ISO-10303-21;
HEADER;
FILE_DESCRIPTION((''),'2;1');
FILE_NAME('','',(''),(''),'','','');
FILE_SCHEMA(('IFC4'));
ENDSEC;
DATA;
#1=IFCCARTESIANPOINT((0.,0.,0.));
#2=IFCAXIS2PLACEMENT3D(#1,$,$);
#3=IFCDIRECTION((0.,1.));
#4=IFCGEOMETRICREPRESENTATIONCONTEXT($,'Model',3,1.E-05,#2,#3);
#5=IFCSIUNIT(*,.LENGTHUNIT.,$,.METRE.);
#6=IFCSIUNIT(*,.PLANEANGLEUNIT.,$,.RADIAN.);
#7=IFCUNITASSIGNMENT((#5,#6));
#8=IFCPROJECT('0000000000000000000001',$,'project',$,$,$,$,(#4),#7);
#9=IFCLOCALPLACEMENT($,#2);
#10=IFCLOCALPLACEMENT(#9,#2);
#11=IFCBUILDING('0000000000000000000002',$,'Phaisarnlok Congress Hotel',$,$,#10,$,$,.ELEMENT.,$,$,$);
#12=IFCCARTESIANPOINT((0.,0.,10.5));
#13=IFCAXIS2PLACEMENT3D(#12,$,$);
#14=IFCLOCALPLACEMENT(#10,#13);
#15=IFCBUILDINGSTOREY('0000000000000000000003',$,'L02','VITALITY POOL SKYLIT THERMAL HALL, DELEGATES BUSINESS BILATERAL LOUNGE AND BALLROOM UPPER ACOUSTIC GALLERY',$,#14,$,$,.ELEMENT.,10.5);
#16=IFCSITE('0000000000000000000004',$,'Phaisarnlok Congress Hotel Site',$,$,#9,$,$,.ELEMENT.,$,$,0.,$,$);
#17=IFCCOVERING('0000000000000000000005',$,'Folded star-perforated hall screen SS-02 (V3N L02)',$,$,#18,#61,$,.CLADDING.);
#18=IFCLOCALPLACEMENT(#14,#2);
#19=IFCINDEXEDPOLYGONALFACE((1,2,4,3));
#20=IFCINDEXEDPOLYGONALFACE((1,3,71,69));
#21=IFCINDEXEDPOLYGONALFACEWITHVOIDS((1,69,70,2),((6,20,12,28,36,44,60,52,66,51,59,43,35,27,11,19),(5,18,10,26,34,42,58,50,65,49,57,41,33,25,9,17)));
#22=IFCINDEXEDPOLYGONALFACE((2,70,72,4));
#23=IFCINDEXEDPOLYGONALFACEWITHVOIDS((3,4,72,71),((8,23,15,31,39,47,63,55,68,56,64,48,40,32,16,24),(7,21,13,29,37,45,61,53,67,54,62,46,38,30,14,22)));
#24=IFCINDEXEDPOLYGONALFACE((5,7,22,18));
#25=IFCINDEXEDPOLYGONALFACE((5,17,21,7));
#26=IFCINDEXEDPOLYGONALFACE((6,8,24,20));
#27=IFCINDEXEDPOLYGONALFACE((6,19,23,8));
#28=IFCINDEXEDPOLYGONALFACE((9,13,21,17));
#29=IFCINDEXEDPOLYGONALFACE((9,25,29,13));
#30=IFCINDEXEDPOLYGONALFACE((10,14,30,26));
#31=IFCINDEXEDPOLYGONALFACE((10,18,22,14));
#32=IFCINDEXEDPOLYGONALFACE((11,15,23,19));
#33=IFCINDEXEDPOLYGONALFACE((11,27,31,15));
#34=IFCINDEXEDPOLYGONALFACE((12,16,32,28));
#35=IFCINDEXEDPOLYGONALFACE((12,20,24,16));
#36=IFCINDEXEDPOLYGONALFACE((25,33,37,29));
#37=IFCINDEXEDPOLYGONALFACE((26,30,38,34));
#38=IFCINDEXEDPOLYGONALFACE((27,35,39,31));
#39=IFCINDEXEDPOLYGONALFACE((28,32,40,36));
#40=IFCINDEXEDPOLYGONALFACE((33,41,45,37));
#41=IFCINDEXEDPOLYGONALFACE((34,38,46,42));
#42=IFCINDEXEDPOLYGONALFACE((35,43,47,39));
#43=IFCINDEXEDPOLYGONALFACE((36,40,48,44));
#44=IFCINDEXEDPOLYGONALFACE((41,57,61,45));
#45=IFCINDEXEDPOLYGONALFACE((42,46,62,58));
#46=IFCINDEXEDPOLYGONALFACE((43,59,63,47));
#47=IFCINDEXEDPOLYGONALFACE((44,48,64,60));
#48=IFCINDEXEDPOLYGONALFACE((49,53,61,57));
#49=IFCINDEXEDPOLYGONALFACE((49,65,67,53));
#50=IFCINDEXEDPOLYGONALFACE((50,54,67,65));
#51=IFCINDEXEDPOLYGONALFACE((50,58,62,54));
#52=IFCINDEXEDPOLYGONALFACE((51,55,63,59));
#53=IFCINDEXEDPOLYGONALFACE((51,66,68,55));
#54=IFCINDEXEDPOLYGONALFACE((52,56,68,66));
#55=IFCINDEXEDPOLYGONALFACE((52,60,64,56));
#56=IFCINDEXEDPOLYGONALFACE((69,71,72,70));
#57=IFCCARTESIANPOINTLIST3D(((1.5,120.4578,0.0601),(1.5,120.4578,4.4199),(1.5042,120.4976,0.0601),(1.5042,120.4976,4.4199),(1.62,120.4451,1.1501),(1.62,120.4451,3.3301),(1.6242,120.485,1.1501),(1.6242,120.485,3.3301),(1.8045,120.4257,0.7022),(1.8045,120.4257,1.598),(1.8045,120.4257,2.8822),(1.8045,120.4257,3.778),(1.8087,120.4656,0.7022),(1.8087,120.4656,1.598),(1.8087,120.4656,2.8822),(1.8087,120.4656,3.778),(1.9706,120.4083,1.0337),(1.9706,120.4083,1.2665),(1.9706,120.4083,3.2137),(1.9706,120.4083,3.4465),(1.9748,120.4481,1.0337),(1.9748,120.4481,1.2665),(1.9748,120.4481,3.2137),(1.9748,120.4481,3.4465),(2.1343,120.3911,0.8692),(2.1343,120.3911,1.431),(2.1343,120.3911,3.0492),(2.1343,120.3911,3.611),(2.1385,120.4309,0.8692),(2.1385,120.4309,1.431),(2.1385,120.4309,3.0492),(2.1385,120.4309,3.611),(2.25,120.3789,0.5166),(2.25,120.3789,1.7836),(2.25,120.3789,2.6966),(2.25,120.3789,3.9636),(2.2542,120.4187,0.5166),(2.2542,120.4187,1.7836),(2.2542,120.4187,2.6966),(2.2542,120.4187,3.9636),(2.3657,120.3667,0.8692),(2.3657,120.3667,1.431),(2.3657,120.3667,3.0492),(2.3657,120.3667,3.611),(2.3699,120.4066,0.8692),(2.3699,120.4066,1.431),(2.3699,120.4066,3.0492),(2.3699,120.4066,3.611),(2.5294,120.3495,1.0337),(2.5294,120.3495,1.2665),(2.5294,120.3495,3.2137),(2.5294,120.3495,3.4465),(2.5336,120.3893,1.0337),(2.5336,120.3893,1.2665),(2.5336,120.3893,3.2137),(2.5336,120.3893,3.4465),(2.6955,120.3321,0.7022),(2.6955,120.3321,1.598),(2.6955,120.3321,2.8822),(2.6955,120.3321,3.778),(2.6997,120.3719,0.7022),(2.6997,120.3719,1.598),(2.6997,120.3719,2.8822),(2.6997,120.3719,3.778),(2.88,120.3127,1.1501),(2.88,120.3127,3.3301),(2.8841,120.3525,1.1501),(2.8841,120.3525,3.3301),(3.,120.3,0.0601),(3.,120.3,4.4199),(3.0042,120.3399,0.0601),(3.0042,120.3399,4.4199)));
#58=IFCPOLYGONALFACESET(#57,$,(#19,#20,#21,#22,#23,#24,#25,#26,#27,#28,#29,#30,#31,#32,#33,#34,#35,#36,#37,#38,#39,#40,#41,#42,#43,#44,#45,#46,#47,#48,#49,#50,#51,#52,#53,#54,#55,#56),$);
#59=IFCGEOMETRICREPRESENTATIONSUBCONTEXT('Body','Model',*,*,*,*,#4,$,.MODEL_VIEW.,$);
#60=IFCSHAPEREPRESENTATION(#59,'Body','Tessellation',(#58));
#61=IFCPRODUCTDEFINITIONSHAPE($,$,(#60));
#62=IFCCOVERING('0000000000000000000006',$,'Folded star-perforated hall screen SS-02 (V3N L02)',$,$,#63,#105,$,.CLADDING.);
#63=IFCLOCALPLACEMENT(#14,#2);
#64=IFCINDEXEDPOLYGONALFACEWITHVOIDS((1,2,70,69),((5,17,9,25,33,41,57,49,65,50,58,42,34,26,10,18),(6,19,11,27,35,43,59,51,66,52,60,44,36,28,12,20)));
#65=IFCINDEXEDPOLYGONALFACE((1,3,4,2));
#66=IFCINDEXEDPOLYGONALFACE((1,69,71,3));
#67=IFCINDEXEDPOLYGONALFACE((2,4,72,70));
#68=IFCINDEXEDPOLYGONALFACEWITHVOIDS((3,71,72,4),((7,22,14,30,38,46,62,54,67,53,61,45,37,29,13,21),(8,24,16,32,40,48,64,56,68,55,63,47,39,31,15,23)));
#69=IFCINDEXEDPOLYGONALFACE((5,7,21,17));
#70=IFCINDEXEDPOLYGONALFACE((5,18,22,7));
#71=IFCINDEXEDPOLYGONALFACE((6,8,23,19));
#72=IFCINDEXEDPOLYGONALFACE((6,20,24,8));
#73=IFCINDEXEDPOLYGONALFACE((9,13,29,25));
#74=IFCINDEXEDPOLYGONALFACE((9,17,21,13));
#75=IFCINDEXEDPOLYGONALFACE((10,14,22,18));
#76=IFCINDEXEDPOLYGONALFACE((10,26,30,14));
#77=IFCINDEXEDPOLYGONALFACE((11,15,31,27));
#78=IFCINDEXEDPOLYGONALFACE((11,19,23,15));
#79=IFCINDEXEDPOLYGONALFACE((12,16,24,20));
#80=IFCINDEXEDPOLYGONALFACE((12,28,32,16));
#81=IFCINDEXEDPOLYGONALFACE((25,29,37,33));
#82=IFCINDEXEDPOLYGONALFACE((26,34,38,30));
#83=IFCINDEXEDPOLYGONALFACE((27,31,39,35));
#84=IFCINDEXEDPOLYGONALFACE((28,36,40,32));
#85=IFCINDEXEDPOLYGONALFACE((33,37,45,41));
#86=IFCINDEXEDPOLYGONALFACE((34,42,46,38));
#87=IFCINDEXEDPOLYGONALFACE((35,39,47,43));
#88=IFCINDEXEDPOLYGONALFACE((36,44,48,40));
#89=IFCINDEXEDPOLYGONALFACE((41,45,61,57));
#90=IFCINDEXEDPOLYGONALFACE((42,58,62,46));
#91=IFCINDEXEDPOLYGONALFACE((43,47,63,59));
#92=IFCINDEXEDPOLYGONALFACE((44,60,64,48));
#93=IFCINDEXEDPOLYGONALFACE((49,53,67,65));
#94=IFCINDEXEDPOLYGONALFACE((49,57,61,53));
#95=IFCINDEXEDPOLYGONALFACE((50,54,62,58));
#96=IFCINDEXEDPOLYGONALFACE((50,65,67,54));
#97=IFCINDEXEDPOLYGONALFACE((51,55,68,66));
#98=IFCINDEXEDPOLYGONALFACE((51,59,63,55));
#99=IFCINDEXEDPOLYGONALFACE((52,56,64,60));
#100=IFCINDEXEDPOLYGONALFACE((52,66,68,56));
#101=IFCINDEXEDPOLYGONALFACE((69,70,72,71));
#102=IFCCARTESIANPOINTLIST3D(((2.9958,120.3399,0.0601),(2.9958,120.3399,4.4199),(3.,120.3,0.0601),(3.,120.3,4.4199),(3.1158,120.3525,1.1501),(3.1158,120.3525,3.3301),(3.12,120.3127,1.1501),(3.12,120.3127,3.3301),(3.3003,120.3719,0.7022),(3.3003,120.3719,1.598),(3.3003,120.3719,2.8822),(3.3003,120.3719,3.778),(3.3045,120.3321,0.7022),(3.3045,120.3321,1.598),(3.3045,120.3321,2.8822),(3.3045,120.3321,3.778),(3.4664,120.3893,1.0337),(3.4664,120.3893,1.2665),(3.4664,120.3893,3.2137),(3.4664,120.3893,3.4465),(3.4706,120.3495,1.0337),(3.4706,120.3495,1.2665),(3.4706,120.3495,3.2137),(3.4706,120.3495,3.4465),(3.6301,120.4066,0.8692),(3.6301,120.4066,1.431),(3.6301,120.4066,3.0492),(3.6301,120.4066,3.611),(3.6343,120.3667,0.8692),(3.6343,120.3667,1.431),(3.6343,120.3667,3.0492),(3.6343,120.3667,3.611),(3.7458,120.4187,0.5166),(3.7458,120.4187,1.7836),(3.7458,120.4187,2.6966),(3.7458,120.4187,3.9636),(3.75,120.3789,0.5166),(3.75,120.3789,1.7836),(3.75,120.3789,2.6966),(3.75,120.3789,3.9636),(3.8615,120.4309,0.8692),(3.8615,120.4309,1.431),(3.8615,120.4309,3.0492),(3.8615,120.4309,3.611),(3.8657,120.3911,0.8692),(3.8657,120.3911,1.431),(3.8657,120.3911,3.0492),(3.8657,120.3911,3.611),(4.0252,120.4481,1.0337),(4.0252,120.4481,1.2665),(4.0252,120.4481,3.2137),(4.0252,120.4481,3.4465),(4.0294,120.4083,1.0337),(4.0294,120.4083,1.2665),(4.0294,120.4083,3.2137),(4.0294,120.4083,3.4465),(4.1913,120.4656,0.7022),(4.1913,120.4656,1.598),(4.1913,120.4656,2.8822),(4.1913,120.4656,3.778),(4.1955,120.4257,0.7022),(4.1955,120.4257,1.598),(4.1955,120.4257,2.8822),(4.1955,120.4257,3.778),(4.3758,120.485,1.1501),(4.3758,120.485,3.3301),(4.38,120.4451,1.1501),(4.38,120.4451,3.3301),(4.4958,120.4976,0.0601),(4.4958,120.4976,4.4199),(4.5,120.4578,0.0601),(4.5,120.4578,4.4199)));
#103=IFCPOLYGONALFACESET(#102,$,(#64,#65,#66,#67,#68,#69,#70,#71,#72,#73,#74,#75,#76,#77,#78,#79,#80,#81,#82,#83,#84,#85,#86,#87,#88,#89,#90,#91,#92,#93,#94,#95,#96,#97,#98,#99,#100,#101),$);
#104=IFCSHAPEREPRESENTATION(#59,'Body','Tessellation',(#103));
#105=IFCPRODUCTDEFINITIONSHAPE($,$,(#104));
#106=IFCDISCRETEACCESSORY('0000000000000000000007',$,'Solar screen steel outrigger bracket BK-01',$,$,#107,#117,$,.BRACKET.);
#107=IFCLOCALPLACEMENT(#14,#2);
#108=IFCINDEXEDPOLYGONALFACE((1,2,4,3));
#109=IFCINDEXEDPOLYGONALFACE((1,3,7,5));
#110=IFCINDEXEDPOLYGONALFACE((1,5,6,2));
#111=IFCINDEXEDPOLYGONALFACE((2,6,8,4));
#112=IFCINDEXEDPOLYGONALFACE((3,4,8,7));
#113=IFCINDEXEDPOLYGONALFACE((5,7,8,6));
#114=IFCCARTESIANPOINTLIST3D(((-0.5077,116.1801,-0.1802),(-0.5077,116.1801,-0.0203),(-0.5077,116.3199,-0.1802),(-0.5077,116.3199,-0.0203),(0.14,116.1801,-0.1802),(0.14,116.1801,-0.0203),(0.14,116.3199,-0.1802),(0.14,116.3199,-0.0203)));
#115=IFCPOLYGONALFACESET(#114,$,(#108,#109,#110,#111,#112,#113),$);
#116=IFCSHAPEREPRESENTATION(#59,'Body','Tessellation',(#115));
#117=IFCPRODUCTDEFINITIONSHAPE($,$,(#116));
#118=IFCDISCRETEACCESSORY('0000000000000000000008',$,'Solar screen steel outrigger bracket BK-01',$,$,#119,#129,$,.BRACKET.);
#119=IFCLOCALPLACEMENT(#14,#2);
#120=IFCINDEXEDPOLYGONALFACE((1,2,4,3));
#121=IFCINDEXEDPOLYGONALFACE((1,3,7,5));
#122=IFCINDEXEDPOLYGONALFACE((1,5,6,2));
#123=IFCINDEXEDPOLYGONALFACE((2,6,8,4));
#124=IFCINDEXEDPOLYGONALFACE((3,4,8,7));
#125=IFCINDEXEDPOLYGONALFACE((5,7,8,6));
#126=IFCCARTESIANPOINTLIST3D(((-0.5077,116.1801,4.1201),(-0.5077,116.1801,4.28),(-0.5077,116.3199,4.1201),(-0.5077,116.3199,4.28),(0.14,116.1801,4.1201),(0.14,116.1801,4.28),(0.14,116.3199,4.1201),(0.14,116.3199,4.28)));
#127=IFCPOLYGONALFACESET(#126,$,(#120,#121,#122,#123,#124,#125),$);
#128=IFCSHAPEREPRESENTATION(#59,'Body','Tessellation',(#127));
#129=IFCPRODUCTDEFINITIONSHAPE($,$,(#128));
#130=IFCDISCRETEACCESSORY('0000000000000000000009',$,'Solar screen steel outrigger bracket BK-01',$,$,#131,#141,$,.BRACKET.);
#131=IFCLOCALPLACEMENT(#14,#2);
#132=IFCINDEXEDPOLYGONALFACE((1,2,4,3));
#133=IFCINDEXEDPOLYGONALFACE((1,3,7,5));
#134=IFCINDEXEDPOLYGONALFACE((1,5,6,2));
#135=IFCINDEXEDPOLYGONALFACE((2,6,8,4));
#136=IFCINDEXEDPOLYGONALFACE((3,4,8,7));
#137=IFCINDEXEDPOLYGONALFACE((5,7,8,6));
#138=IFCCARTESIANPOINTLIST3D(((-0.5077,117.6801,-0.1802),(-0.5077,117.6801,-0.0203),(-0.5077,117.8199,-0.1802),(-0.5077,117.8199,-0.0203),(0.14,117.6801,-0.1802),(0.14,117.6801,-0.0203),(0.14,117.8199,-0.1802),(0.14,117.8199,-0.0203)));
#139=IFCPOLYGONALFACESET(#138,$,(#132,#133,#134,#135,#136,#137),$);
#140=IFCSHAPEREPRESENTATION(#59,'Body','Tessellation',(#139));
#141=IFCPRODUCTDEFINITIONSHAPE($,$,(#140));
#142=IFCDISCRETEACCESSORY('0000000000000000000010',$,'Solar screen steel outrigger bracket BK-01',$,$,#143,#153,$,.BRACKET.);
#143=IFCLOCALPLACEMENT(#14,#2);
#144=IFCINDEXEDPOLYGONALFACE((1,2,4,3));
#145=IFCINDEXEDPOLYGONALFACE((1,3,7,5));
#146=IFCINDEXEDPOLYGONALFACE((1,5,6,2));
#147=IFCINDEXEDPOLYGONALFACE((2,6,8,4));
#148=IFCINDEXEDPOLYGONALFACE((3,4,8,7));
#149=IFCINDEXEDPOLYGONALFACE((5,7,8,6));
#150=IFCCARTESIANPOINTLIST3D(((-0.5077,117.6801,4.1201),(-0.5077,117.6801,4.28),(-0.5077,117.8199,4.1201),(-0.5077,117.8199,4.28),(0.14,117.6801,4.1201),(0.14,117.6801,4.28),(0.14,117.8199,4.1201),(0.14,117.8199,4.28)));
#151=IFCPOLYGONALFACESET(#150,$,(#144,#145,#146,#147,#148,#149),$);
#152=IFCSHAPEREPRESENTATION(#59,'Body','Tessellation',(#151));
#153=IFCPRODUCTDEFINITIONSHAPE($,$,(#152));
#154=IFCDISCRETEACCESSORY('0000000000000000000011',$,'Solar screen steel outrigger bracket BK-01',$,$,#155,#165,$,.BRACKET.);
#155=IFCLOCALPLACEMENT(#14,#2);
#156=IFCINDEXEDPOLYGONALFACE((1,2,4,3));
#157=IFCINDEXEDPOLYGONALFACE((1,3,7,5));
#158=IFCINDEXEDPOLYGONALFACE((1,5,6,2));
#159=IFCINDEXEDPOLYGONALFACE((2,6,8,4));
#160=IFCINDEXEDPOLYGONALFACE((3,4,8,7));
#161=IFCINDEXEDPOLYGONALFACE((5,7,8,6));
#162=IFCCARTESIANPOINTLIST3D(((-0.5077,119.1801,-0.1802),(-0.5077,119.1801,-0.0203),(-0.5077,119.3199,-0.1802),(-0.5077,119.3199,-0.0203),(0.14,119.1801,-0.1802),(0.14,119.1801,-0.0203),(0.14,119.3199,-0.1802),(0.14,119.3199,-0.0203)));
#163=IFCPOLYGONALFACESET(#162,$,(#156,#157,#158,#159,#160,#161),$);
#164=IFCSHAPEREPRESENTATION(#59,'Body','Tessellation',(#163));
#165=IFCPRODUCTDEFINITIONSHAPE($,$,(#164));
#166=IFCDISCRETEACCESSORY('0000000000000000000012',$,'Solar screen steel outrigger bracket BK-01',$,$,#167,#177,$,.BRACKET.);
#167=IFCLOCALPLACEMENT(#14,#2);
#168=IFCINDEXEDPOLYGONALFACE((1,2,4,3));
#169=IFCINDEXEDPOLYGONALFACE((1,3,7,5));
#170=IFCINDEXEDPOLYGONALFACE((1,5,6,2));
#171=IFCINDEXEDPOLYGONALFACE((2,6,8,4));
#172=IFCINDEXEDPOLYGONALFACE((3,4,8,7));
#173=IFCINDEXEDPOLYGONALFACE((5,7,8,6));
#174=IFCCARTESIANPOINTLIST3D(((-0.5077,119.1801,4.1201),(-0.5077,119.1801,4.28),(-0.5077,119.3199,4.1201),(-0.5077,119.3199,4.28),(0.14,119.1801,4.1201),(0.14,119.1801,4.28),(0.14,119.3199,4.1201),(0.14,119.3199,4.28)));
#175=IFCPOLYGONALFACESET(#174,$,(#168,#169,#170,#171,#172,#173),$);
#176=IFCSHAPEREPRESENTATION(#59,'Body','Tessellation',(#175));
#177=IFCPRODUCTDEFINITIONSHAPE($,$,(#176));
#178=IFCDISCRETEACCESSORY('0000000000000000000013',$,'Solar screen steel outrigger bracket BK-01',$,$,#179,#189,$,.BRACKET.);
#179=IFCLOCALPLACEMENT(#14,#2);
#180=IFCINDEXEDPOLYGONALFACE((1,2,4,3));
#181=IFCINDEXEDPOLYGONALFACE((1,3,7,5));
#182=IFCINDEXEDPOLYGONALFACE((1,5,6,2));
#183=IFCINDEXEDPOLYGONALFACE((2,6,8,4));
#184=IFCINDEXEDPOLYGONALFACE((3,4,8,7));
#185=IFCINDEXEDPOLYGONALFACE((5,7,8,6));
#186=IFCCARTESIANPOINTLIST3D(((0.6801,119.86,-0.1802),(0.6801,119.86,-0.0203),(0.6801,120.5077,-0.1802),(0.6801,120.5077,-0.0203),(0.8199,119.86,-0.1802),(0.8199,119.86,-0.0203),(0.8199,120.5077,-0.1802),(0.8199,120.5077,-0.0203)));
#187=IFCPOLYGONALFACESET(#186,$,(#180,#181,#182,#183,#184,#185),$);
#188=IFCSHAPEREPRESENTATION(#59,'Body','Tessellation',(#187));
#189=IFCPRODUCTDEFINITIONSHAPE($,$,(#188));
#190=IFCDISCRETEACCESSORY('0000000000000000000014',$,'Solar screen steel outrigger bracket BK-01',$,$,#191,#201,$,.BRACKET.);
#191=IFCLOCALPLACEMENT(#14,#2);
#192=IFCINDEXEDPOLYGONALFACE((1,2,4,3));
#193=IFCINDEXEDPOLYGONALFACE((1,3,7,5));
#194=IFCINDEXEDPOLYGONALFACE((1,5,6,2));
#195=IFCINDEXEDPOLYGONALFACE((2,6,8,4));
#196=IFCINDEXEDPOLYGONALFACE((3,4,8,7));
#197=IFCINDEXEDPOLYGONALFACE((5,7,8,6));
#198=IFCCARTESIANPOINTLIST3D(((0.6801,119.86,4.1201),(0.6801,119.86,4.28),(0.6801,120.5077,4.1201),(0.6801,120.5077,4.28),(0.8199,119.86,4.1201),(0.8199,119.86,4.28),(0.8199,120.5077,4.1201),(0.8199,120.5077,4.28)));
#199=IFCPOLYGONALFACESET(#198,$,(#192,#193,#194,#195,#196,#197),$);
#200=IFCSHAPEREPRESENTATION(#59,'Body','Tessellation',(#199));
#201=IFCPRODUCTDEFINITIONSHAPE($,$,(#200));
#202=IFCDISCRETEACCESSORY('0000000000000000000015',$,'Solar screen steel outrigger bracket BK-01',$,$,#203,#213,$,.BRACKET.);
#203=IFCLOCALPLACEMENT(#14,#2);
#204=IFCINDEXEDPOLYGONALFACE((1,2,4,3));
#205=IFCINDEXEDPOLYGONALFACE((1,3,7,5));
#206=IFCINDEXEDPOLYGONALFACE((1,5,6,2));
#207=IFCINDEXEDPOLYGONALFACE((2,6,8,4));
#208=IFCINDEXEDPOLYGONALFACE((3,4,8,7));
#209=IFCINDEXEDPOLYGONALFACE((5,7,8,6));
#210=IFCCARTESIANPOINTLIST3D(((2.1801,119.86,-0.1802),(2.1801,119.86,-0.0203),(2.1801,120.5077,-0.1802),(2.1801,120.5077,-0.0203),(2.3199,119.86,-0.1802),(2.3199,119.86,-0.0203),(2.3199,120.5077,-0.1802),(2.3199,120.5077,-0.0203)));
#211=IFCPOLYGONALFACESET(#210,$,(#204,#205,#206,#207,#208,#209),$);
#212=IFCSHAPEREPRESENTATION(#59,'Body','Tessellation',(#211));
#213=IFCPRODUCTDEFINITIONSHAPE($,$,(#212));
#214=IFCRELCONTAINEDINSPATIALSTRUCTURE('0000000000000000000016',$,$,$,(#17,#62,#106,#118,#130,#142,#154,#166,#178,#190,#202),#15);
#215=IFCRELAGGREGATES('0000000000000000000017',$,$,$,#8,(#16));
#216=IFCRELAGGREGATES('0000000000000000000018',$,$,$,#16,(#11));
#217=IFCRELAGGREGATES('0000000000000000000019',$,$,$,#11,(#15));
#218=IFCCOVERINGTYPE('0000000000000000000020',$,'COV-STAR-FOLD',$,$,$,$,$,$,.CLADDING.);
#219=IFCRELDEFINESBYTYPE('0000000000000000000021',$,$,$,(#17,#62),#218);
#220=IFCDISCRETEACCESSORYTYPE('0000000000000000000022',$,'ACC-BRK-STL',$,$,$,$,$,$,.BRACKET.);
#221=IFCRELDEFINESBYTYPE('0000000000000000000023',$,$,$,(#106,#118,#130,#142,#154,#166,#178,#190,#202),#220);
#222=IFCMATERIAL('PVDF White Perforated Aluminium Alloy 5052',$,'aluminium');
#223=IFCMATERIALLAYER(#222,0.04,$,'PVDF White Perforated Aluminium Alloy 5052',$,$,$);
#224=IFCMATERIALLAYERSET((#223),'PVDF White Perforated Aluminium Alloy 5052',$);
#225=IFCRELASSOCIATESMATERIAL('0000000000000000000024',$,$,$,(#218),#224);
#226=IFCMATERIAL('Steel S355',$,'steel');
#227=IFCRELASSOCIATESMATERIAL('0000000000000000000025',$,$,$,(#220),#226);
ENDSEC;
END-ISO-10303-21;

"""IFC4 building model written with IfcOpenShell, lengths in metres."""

from ifc_helpers import new_model, si_unit, direction, frame, origin, origin_2d, place, context, subcontext, project, spatial, polyline, rectangle, outline, extrude, material, layer, layer_set, type_object, element, save


model = new_model("IFC4")

# Units and contexts
model_context = context("Model", 3, precision=1e-05, world=origin(), true_north=direction((0.0, 1.0)))
body_context = subcontext(model_context, "Body", "Model", "MODEL_VIEW")
ifc_project = project(units=[si_unit("LENGTHUNIT", "METRE"), si_unit("PLANEANGLEUNIT", "RADIAN")], contexts=[model_context])

# Site, building, storey
site_placement = place(None, origin())
site = spatial("IfcSite", under=ifc_project, at=site_placement, Name="Phaisarnlok Congress Hotel Site", CompositionType="ELEMENT", RefElevation=0.0)
building_placement = place(site_placement, origin())
building = spatial("IfcBuilding", under=site, at=building_placement, Name="Phaisarnlok Congress Hotel", CompositionType="ELEMENT")
storey_placement = place(building_placement, frame((0.0, 0.0, 10.5)))
storey = spatial("IfcBuildingStorey", under=building, at=storey_placement, Name="L02", Description="VITALITY POOL SKYLIT THERMAL HALL, DELEGATES BUSINESS BILATERAL LOUNGE AND BALLROOM UPPER ACOUSTIC GALLERY", CompositionType="ELEMENT", Elevation=10.5)

# Coverings
ifc_material_1 = material(Name="PVDF White Perforated Aluminium Alloy 5052", Category="aluminium")
ifc_layer_1 = layer(ifc_material_1, 0.04, Name="PVDF White Perforated Aluminium Alloy 5052")
ifc_layer_set_1 = layer_set([ifc_layer_1], Name="PVDF White Perforated Aluminium Alloy 5052")
covering_type = type_object("IfcCoveringType", Name="COV-STAR-FOLD", PredefinedType="CLADDING", material=ifc_layer_set_1)
for number, where, z_axis, x_axis, name in (
    (1, (3.0, 120.3, 0.0601), (0.104567, 0.994518, 0.0), (-0.994518, 0.104567, 0.0), "Folded star-perforated hall screen SS-02 (V3N L02)"),
    (2, (4.5, 120.4578, 0.0601), (-0.104567, 0.994518, 0.0), (-0.994518, -0.104567, 0.0), "Folded star-perforated hall screen SS-02 (V3N L02)"),
):
    element("IfcCovering", number, at=place(storey_placement, frame(where, z_axis=z_axis, x_axis=x_axis)), inside=storey, type_object=covering_type, Name=name, PredefinedType="CLADDING", context=body_context, shape_type="SweptSolid", body=[
        extrude(outline(polyline([(0.0, 0.0), (1.5083, 0.0), (1.5083, 4.3599), (0.0, 4.3599), (0.0, 0.0)]), holes=[polyline([(1.0351, 0.9736), (1.2021, 0.6421), (0.8705, 0.8091), (0.7541, 0.4565), (0.6378, 0.8091), (0.3062, 0.6421), (0.4732, 0.9736), (0.1207, 1.09), (0.4732, 1.2064), (0.3062, 1.5379), (0.6378, 1.3709), (0.7541, 1.7235), (0.8705, 1.3709), (1.2021, 1.5379), (1.0351, 1.2064), (1.3876, 1.09), (1.0351, 0.9736)]), polyline([(1.0351, 3.1536), (1.2021, 2.8221), (0.8705, 2.9891), (0.7541, 2.6365), (0.6378, 2.9891), (0.3062, 2.8221), (0.4732, 3.1536), (0.1207, 3.27), (0.4732, 3.3864), (0.3062, 3.7179), (0.6378, 3.5509), (0.7541, 3.9035), (0.8705, 3.5509), (1.2021, 3.7179), (1.0351, 3.3864), (1.3876, 3.27), (1.0351, 3.1536)])]), origin(), (0.0, 0.0, 1.0), 0.04),
    ])

# Discrete accessories
ifc_material_2 = material(Name="Steel S355", Category="steel")
discrete_accessory_type = type_object("IfcDiscreteAccessoryType", Name="ACC-BRK-STL", PredefinedType="BRACKET", material=ifc_material_2)
for number, where, z_axis, x_axis, name in (
    (3, (-0.1838, 116.25, -0.1802), (0.0, 0.0, 1.0), (1.0, 0.0, 0.0), "Solar screen steel outrigger bracket BK-01"),
    (4, (-0.1838, 116.25, 4.1201), (0.0, 0.0, 1.0), (1.0, 0.0, 0.0), "Solar screen steel outrigger bracket BK-01"),
    (5, (-0.1838, 117.75, -0.1802), (0.0, 0.0, 1.0), (1.0, 0.0, 0.0), "Solar screen steel outrigger bracket BK-01"),
    (6, (-0.1838, 117.75, 4.1201), (0.0, 0.0, 1.0), (1.0, 0.0, 0.0), "Solar screen steel outrigger bracket BK-01"),
    (7, (-0.1838, 119.25, -0.1802), (0.0, 0.0, 1.0), (1.0, 0.0, 0.0), "Solar screen steel outrigger bracket BK-01"),
    (8, (-0.1838, 119.25, 4.1201), (0.0, 0.0, 1.0), (1.0, 0.0, 0.0), "Solar screen steel outrigger bracket BK-01"),
):
    element("IfcDiscreteAccessory", number, at=place(storey_placement, frame(where, z_axis=z_axis, x_axis=x_axis)), inside=storey, type_object=discrete_accessory_type, Name=name, PredefinedType="BRACKET", context=body_context, shape_type="SweptSolid", body=[
        extrude(rectangle(XDim=0.6477, YDim=0.1399, at=origin_2d()), origin(), (0.0, 0.0, 1.0), 0.1599),
    ])
for number, where, z_axis, x_axis, name in (
    (9, (0.75, 120.1838, -0.1802), (0.0, 0.0, 1.0), (1.0, 0.0, 0.0), "Solar screen steel outrigger bracket BK-01"),
    (10, (0.75, 120.1838, 4.1201), (0.0, 0.0, 1.0), (1.0, 0.0, 0.0), "Solar screen steel outrigger bracket BK-01"),
    (11, (2.25, 120.1838, -0.1802), (0.0, 0.0, 1.0), (1.0, 0.0, 0.0), "Solar screen steel outrigger bracket BK-01"),
):
    element("IfcDiscreteAccessory", number, at=place(storey_placement, frame(where, z_axis=z_axis, x_axis=x_axis)), inside=storey, type_object=discrete_accessory_type, Name=name, PredefinedType="BRACKET", context=body_context, shape_type="SweptSolid", body=[
        extrude(rectangle(XDim=0.1399, YDim=0.6477, at=origin_2d()), origin(), (0.0, 0.0, 1.0), 0.1599),
    ])

save(model, "model.ifc")
